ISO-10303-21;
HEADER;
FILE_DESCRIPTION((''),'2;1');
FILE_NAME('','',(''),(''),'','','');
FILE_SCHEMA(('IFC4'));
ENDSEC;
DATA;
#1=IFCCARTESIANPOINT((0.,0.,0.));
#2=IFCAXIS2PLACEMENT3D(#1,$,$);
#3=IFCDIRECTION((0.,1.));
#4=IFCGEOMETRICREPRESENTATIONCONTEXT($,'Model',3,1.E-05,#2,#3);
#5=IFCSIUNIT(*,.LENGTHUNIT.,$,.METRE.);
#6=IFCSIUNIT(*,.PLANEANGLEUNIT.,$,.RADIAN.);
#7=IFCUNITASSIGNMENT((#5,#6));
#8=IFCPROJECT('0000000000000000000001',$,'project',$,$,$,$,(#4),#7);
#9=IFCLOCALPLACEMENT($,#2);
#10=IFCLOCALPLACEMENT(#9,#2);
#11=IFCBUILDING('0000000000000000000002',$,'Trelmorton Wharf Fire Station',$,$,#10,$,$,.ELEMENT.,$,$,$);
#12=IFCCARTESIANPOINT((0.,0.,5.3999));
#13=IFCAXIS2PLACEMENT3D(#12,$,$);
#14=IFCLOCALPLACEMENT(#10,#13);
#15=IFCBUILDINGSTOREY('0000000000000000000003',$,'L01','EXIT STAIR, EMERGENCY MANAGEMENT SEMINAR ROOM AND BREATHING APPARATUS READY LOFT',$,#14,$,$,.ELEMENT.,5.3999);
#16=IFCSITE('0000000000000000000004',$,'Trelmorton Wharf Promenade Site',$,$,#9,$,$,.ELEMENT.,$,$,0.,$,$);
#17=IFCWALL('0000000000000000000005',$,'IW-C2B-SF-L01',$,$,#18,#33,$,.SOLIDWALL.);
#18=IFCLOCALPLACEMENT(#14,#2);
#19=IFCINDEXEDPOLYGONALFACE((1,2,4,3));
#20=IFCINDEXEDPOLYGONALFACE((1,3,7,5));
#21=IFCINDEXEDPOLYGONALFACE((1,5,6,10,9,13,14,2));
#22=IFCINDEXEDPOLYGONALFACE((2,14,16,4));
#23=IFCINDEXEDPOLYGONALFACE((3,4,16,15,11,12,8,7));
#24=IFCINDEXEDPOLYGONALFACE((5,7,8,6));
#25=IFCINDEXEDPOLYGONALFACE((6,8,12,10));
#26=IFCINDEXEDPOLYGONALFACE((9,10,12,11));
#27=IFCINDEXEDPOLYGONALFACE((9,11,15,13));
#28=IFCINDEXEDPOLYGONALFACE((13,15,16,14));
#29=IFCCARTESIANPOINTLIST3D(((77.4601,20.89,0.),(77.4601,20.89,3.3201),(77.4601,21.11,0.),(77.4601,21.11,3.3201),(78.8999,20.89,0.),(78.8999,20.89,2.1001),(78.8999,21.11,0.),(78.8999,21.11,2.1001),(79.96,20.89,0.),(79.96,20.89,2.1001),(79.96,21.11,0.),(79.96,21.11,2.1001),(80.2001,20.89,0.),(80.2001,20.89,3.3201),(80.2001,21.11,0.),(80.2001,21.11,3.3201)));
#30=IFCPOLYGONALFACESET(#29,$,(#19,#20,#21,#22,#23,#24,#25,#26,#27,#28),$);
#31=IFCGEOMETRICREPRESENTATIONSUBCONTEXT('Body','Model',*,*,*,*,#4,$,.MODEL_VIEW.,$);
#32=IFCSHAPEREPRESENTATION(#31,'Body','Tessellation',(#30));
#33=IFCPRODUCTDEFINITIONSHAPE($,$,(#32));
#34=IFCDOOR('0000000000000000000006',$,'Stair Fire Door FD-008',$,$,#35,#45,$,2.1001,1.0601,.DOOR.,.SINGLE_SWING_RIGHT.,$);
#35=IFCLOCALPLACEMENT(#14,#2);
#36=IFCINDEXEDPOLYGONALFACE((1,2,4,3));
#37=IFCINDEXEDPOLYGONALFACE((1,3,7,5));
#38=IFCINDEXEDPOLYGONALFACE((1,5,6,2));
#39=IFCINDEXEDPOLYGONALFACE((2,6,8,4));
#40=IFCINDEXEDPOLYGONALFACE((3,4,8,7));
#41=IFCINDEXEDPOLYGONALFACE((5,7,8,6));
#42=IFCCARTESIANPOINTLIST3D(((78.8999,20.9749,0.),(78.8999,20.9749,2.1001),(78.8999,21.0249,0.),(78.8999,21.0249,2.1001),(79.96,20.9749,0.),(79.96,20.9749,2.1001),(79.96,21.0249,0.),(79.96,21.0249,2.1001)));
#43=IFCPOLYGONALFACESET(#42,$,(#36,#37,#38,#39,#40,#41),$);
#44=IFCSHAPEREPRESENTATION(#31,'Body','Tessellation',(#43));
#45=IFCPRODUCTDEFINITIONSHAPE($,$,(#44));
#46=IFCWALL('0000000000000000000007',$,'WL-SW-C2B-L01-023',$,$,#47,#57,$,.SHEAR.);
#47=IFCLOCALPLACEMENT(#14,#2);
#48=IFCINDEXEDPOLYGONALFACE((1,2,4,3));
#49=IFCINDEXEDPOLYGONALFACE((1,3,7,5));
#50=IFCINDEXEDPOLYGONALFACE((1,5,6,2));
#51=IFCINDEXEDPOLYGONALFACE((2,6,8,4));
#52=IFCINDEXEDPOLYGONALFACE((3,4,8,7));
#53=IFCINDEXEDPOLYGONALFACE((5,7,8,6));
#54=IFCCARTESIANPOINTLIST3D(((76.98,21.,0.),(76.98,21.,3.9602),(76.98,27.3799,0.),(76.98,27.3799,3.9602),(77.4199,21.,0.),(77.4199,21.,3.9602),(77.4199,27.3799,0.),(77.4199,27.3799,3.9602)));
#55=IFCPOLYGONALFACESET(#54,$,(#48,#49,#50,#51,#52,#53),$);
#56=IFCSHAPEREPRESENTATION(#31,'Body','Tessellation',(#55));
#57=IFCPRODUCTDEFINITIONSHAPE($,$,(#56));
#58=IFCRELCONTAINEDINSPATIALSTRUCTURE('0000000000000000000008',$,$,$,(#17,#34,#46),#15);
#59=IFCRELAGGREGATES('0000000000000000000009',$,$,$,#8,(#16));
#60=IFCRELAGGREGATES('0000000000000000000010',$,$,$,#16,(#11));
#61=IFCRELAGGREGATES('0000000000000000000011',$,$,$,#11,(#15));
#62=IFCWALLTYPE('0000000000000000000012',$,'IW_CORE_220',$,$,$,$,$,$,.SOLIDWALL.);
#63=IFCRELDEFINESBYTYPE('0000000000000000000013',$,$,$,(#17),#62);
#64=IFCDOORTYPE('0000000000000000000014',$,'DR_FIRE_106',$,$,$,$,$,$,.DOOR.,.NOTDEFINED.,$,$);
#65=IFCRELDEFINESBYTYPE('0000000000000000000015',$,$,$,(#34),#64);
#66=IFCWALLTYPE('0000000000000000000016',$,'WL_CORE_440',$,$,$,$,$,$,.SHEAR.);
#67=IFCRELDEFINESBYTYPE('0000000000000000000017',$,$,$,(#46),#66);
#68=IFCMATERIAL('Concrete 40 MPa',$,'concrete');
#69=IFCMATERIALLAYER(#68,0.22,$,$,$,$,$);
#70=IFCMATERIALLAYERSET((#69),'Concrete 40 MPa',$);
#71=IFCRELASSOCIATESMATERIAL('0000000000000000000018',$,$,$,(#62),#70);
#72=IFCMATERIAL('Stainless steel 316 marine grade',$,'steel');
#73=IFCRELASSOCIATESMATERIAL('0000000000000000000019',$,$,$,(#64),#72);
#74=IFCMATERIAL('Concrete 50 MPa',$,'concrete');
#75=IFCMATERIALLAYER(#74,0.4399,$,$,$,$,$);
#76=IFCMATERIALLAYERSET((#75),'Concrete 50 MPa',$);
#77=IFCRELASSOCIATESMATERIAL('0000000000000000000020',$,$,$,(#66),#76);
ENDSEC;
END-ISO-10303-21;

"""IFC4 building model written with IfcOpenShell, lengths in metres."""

from ifc_helpers import new_model, si_unit, direction, frame, frame_2d, origin, place, context, subcontext, project, spatial, rectangle, extrude, material, layer, layer_set, type_object, element, fill, save


model = new_model("IFC4")

# Units and contexts
model_context = context("Model", 3, precision=1e-05, world=origin(), true_north=direction((0.0, 1.0)))
body_context = subcontext(model_context, "Body", "Model", "MODEL_VIEW")
ifc_project = project(units=[si_unit("LENGTHUNIT", "METRE"), si_unit("PLANEANGLEUNIT", "RADIAN")], contexts=[model_context])

# Site, building, storey
site_placement = place(None, origin())
site = spatial("IfcSite", under=ifc_project, at=site_placement, Name="Trelmorton Wharf Promenade Site", CompositionType="ELEMENT", RefElevation=0.0)
building_placement = place(site_placement, origin())
building = spatial("IfcBuilding", under=site, at=building_placement, Name="Trelmorton Wharf Fire Station", CompositionType="ELEMENT")
storey_placement = place(building_placement, frame((0.0, 0.0, 5.3999)))
storey = spatial("IfcBuildingStorey", under=building, at=storey_placement, Name="L01", Description="EXIT STAIR, EMERGENCY MANAGEMENT SEMINAR ROOM AND BREATHING APPARATUS READY LOFT", CompositionType="ELEMENT", Elevation=5.3999)

# Wall, opening, door
ifc_material_1 = material(Name="Concrete 40 MPa", Category="concrete")
ifc_layer_1 = layer(ifc_material_1, 0.22)
ifc_layer_set_1 = layer_set([ifc_layer_1], Name="Concrete 40 MPa")
wall_type_1 = type_object("IfcWallType", Name="IW_CORE_220", PredefinedType="SOLIDWALL", material=ifc_layer_set_1)
wall_1_placement = place(storey_placement, frame((77.46, 21.0, 0.0), z_axis=(0.0, 0.0, 1.0), x_axis=(1.0, 0.0, 0.0)))
wall_1 = element("IfcWall", 1, at=wall_1_placement, inside=storey, type_object=wall_type_1, Name="IW-C2B-SF-L01", PredefinedType="SOLIDWALL", context=body_context, shape_type="SweptSolid", body=[
    extrude(rectangle(XDim=2.74, YDim=0.22, at=frame_2d((1.3701, 0.0))), origin(), (0.0, 0.0, 1.0), 3.3201),
])
opening_1_placement = place(wall_1_placement, frame((1.4399, 0.0, 0.0)))
opening_1 = element("IfcOpeningElement", 2, at=opening_1_placement, cuts=wall_1, PredefinedType="OPENING", context=body_context, shape_type="SweptSolid", body=[
    extrude(rectangle(XDim=1.0601, YDim=2.1001, at=frame_2d((0.53, 1.05))), frame((0.0, 0.1201, 0.0), z_axis=(0.0, -1.0, 0.0), x_axis=(1.0, 0.0, 0.0)), (0.0, 0.0, 1.0), 0.24),
])
ifc_material_2 = material(Name="Stainless steel 316 marine grade", Category="steel")
door_type_1 = type_object("IfcDoorType", Name="DR_FIRE_106", OperationType="NOTDEFINED", PredefinedType="DOOR", material=ifc_material_2)
door_1_placement = place(opening_1_placement, origin())
door_1 = element("IfcDoor", 3, at=door_1_placement, inside=storey, type_object=door_type_1, Name="Stair Fire Door FD-008", OperationType="SINGLE_SWING_RIGHT", OverallHeight=2.1001, OverallWidth=1.0601, PredefinedType="DOOR", context=body_context, shape_type="SweptSolid", body=[
    extrude(rectangle(XDim=1.0601, YDim=2.1001, at=frame_2d((0.53, 1.05))), frame((0.0, 0.0249, 0.0), z_axis=(0.0, -1.0, 0.0), x_axis=(1.0, 0.0, 0.0)), (0.0, 0.0, 1.0), 0.05),
])
fill(opening_1, door_1)

# Wall
ifc_material_3 = material(Name="Concrete 50 MPa", Category="concrete")
ifc_layer_2 = layer(ifc_material_3, 0.4399)
ifc_layer_set_2 = layer_set([ifc_layer_2], Name="Concrete 50 MPa")
wall_type_2 = type_object("IfcWallType", Name="WL_CORE_440", PredefinedType="SHEAR", material=ifc_layer_set_2)
wall_2_placement = place(storey_placement, frame((77.2, 21.0, 0.0), z_axis=(0.0, 0.0, 1.0), x_axis=(0.0, 1.0, 0.0)))
element("IfcWall", 4, at=wall_2_placement, inside=storey, type_object=wall_type_2, Name="WL-SW-C2B-L01-023", PredefinedType="SHEAR", context=body_context, shape_type="SweptSolid", body=[
    extrude(rectangle(XDim=6.3799, YDim=0.4399, at=frame_2d((3.1899, 0.0))), origin(), (0.0, 0.0, 1.0), 3.9602),
])

save(model, "model.ifc")
